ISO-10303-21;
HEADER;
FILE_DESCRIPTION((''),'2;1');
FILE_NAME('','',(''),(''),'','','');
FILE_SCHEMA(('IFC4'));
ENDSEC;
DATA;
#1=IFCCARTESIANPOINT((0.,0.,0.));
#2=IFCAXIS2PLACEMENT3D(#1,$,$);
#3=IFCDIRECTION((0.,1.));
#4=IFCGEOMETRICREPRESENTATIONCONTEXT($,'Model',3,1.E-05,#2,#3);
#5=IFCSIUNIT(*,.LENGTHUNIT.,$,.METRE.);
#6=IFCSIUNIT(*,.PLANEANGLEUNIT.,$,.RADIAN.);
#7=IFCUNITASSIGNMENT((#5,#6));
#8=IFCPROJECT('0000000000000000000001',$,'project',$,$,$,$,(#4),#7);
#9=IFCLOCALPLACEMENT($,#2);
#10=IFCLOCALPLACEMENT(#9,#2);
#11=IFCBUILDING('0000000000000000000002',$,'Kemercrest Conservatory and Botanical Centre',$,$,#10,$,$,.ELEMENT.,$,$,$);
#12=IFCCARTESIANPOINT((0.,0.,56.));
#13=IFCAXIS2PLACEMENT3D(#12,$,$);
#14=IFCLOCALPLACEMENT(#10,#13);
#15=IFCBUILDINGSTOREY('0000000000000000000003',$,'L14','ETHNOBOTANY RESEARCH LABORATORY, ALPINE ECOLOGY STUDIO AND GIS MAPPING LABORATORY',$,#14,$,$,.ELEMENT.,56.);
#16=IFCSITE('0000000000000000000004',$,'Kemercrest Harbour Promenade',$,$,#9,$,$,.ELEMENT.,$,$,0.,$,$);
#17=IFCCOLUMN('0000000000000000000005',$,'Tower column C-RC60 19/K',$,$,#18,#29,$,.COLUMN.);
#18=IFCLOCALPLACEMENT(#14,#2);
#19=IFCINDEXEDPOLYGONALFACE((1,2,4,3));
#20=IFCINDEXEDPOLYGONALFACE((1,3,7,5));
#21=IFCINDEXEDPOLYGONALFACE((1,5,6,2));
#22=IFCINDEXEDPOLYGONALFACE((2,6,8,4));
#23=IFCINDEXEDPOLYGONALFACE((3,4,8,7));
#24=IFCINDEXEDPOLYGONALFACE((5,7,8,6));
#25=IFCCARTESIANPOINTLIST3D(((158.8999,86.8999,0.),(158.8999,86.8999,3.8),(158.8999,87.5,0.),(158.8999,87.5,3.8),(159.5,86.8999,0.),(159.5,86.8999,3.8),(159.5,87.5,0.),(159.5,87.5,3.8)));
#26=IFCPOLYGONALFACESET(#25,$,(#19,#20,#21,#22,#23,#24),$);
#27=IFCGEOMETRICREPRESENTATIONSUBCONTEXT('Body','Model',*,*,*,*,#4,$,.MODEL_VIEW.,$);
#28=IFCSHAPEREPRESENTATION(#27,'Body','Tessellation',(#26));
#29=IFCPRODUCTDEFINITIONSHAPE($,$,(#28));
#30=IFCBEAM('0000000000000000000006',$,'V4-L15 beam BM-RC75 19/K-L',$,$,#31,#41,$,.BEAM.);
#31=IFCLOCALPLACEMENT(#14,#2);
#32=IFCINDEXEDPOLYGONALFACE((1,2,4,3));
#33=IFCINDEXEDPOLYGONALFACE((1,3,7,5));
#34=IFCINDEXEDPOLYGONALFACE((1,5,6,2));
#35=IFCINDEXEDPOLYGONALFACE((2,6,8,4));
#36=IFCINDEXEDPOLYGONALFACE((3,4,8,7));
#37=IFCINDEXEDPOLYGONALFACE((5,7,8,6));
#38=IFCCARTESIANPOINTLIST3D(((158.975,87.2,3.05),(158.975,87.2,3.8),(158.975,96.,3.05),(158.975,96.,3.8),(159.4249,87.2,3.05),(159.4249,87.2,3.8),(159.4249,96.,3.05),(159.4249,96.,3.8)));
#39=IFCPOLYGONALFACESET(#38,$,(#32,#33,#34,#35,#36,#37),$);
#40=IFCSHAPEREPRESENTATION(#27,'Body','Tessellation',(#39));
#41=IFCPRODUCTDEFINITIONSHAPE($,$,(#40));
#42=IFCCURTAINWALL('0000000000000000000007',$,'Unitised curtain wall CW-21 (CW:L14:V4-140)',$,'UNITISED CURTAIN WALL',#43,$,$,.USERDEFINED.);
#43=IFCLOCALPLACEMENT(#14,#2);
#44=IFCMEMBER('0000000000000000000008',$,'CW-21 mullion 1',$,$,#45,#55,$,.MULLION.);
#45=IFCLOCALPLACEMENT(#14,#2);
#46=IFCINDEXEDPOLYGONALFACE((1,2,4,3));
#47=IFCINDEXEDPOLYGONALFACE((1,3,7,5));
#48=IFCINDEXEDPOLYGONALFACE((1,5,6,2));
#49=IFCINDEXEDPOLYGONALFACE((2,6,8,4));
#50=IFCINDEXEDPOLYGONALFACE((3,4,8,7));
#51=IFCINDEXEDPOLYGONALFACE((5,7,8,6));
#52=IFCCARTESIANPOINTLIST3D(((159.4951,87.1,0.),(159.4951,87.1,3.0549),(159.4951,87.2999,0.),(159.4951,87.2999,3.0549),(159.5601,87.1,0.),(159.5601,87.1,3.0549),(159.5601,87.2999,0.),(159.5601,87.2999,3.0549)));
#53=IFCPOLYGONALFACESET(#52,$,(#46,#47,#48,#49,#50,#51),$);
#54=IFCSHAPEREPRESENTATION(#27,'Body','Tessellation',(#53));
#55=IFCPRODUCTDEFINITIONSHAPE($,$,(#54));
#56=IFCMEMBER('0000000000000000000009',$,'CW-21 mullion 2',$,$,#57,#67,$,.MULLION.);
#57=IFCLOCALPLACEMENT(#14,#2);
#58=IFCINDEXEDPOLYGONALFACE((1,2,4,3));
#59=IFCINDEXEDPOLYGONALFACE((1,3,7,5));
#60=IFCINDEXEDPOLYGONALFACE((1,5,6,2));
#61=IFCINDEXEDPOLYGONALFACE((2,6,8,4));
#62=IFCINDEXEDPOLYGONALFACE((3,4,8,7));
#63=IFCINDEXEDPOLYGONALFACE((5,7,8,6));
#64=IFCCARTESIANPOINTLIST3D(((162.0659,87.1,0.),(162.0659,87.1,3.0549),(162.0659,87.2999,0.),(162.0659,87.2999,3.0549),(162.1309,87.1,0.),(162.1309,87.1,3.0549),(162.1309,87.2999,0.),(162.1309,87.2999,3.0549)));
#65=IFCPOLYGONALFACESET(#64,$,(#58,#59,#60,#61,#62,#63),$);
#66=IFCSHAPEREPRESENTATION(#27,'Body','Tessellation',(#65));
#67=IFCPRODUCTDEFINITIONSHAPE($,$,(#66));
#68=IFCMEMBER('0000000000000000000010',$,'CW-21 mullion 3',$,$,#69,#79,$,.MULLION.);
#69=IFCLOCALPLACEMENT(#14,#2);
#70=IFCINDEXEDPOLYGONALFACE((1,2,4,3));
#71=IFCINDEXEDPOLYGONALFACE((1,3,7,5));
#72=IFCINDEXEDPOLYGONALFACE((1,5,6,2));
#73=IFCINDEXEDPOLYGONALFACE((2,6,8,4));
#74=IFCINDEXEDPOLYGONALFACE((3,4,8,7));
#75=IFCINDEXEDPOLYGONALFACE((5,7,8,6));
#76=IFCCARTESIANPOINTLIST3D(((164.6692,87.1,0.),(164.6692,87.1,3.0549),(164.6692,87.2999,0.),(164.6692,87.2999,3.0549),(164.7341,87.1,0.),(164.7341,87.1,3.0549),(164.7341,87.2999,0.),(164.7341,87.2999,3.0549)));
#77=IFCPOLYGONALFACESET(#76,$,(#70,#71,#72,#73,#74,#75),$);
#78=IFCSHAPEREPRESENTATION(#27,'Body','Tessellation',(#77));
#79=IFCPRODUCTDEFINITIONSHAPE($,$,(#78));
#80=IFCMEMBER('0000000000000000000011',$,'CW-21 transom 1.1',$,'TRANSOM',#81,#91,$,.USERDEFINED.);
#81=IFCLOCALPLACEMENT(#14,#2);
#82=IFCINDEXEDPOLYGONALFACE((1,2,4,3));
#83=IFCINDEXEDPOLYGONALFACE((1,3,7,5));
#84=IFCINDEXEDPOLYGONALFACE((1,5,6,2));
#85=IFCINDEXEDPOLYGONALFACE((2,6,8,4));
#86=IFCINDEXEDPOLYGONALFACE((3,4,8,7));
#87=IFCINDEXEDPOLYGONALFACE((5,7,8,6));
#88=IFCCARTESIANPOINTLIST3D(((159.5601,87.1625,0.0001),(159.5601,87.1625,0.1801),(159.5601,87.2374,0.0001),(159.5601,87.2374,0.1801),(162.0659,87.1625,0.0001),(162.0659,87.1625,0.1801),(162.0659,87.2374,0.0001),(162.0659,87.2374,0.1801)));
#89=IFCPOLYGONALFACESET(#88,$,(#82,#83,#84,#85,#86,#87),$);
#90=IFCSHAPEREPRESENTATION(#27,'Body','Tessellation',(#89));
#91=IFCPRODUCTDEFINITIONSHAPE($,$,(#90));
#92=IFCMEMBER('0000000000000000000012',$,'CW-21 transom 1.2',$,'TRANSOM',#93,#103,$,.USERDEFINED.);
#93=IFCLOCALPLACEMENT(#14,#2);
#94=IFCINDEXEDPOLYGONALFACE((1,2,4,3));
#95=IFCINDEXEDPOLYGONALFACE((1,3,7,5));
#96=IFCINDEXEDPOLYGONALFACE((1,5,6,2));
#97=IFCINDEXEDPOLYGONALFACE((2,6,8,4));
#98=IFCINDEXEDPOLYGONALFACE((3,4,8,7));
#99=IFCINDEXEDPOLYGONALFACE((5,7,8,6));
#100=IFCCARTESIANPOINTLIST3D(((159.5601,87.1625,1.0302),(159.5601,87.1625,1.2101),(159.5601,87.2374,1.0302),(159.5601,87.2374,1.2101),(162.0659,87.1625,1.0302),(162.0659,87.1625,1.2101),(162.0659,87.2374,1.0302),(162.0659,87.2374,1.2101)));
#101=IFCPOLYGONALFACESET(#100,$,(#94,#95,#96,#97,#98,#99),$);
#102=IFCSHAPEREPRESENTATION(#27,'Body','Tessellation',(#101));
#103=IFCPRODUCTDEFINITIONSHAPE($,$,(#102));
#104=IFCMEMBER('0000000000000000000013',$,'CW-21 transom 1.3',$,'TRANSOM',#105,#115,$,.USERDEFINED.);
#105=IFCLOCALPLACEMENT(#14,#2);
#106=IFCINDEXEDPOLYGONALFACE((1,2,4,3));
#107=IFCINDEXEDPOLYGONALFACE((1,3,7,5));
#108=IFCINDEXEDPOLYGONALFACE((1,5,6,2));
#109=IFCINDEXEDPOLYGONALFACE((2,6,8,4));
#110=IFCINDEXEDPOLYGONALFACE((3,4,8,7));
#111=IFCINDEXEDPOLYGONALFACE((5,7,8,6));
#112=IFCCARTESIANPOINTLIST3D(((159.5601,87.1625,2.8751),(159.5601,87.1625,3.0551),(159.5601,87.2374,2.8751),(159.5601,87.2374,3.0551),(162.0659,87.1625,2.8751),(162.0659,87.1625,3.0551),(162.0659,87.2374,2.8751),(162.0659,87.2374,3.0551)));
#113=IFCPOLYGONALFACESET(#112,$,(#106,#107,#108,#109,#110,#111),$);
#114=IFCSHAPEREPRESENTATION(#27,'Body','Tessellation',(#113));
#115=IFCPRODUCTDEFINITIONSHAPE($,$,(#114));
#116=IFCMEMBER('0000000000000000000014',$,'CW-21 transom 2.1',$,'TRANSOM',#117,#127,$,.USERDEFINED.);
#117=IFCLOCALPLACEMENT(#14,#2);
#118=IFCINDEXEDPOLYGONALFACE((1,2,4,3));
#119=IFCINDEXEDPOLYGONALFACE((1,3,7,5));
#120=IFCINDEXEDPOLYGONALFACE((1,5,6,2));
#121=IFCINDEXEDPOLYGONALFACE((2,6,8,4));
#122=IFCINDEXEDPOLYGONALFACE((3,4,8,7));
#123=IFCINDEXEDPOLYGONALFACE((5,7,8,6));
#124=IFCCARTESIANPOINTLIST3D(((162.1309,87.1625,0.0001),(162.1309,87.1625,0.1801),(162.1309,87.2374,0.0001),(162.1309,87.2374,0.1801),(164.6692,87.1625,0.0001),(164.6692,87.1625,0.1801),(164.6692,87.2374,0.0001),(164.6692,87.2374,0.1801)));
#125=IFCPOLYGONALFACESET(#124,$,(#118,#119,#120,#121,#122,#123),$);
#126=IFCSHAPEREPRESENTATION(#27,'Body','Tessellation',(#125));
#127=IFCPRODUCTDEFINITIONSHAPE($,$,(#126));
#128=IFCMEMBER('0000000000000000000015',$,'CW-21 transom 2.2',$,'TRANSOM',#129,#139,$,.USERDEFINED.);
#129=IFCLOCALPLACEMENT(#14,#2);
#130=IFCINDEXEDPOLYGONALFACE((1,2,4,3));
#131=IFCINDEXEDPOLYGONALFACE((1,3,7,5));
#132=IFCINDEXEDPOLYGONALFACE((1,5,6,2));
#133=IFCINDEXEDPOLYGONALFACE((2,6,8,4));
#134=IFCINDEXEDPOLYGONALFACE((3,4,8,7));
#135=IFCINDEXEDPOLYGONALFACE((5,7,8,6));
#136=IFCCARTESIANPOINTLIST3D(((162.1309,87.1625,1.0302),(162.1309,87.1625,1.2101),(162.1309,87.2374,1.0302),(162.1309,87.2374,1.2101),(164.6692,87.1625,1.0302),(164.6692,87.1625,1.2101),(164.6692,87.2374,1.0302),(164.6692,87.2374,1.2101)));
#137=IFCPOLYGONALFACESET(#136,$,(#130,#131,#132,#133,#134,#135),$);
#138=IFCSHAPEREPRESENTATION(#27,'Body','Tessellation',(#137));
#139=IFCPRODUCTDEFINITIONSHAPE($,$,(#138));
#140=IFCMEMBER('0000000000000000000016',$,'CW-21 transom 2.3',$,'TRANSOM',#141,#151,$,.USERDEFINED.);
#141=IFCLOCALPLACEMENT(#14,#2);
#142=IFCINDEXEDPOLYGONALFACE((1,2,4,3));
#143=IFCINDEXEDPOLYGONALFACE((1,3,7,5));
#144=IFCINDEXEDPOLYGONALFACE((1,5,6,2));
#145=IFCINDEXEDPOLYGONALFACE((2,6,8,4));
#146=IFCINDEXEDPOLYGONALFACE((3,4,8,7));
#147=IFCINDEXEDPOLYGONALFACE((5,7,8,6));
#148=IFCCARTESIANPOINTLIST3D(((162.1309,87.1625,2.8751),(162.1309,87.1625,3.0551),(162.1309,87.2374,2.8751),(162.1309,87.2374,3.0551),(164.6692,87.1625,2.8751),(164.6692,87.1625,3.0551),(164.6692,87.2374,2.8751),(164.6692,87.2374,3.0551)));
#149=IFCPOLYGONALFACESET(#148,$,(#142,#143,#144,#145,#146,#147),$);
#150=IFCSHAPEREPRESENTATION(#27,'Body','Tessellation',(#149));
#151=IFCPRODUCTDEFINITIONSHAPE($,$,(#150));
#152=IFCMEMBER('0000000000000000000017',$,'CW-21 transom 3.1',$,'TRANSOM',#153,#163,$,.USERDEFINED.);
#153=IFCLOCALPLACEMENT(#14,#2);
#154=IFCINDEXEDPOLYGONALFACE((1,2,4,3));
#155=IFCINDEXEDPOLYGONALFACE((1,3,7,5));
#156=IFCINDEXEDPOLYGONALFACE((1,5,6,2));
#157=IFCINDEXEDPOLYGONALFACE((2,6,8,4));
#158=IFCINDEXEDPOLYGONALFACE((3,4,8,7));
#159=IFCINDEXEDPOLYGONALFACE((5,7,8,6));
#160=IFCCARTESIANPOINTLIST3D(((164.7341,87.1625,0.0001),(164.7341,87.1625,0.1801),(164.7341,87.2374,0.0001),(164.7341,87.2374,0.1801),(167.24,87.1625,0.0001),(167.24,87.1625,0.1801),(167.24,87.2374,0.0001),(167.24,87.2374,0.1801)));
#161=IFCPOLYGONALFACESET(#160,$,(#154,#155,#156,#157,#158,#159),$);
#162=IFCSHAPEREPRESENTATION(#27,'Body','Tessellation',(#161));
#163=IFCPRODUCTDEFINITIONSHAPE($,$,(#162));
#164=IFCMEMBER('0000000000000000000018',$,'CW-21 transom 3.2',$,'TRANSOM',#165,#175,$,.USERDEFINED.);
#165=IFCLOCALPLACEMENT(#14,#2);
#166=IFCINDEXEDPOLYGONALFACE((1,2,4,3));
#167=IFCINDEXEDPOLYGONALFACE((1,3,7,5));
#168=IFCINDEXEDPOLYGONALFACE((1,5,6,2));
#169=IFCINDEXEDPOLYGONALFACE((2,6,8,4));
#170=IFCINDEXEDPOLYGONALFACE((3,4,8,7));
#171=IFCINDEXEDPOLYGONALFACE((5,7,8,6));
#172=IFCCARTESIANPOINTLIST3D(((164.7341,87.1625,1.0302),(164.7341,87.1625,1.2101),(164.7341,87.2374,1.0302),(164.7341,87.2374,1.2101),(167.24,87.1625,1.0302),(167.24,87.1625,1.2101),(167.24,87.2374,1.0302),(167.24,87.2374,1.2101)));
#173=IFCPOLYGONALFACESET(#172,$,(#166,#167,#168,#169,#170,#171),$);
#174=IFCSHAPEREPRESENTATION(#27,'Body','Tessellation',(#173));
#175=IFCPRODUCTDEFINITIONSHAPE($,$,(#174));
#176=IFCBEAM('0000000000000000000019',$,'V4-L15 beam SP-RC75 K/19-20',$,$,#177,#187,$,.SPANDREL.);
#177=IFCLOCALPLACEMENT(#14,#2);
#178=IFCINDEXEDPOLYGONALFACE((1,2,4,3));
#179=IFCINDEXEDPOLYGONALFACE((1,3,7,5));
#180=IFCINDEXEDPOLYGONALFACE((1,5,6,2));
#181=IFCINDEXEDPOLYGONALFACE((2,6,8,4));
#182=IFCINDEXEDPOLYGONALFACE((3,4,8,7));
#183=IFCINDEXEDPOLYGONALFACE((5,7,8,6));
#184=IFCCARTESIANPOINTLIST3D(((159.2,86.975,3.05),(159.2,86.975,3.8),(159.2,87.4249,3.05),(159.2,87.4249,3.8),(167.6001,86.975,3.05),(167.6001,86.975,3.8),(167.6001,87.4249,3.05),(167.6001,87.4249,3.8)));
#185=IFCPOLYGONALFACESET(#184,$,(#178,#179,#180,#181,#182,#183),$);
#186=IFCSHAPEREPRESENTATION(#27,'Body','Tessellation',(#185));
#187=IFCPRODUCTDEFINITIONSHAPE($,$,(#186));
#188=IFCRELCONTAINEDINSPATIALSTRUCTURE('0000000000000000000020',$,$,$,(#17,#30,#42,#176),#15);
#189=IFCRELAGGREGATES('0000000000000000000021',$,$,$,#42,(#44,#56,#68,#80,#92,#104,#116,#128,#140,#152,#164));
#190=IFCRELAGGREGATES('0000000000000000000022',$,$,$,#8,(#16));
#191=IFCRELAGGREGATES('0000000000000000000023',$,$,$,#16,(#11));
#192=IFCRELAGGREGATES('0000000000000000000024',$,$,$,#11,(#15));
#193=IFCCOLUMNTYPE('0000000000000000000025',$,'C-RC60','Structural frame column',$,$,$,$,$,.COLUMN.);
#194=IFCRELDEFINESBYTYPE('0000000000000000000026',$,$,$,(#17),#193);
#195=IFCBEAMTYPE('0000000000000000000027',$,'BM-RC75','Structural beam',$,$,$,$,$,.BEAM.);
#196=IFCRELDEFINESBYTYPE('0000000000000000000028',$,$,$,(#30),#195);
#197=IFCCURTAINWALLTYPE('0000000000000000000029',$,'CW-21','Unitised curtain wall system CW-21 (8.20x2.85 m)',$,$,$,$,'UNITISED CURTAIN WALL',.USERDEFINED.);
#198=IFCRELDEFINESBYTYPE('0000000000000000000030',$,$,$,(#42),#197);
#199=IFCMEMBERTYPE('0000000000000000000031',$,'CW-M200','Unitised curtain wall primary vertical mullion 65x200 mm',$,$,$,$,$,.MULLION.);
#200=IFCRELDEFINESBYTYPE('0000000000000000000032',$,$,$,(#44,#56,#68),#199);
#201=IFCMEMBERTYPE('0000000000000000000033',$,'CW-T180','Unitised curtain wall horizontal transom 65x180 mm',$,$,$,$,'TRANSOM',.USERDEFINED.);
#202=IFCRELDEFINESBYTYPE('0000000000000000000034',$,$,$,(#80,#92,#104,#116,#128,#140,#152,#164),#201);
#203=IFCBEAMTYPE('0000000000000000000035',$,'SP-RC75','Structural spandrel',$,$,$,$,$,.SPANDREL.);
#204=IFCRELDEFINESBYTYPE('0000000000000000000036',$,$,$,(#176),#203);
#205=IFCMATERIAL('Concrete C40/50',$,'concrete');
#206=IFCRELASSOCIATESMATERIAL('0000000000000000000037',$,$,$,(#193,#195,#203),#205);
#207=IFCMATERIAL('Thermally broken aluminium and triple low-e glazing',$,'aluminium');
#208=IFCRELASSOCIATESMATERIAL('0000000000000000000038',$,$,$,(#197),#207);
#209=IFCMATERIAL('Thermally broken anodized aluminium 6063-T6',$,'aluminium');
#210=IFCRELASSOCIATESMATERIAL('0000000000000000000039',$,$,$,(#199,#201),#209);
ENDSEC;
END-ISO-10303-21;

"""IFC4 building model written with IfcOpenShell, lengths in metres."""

from ifc_helpers import new_model, si_unit, direction, frame, origin, origin_2d, place, context, subcontext, project, spatial, rectangle, extrude, material, material_profile, profile_set, type_object, element, aggregate, save


model = new_model("IFC4")

# Units and contexts
model_context = context("Model", 3, precision=1e-05, world=origin(), true_north=direction((0.0, 1.0)))
body_context = subcontext(model_context, "Body", "Model", "MODEL_VIEW")
ifc_project = project(units=[si_unit("LENGTHUNIT", "METRE"), si_unit("PLANEANGLEUNIT", "RADIAN")], contexts=[model_context])

# Site, building, storey
site_placement = place(None, origin())
site = spatial("IfcSite", under=ifc_project, at=site_placement, Name="Kemercrest Harbour Promenade", CompositionType="ELEMENT", RefElevation=0.0)
building_placement = place(site_placement, origin())
building = spatial("IfcBuilding", under=site, at=building_placement, Name="Kemercrest Conservatory and Botanical Centre", CompositionType="ELEMENT")
storey_placement = place(building_placement, frame((0.0, 0.0, 56.0)))
storey = spatial("IfcBuildingStorey", under=building, at=storey_placement, Name="L14", Description="ETHNOBOTANY RESEARCH LABORATORY, ALPINE ECOLOGY STUDIO AND GIS MAPPING LABORATORY", CompositionType="ELEMENT", Elevation=56.0)

# Column
ifc_material_1 = material(Name="Concrete C40/50", Category="concrete")
ifc_material_profile_1 = material_profile(ifc_material_1, rectangle(XDim=0.6001, YDim=0.6001, at=origin_2d()), Name="RC 600x600")
ifc_profile_set_1 = profile_set([ifc_material_profile_1], Name="Concrete C40/50")
column_type = type_object("IfcColumnType", Name="C-RC60", Description="Structural frame column", PredefinedType="COLUMN", material=ifc_profile_set_1)
column_placement = place(storey_placement, frame((159.2, 87.2, 0.0), z_axis=(0.0, 0.0, 1.0), x_axis=(1.0, 0.0, 0.0)))
element("IfcColumn", 1, at=column_placement, inside=storey, type_object=column_type, Name="Tower column C-RC60 19/K", PredefinedType="COLUMN", context=body_context, shape_type="SweptSolid", body=[
    extrude(rectangle(XDim=0.6001, YDim=0.6001, at=origin_2d()), origin(), (0.0, 0.0, 1.0), 3.8),
])

# Beam
ifc_material_profile_2 = material_profile(ifc_material_1, rectangle(XDim=0.45, YDim=0.75, at=origin_2d()), Name="RC 450x750")
ifc_profile_set_2 = profile_set([ifc_material_profile_2], Name="Concrete C40/50")
beam_type_1 = type_object("IfcBeamType", Name="BM-RC75", Description="Structural beam", PredefinedType="BEAM", material=ifc_profile_set_2)
beam_1_placement = place(storey_placement, frame((159.2, 87.2, 3.425), z_axis=(0.0, 1.0, 0.0), x_axis=(-1.0, 0.0, 0.0)))
element("IfcBeam", 2, at=beam_1_placement, inside=storey, type_object=beam_type_1, Name="V4-L15 beam BM-RC75 19/K-L", PredefinedType="BEAM", context=body_context, shape_type="SweptSolid", body=[
    extrude(rectangle(XDim=0.45, YDim=0.75, at=origin_2d()), origin(), (0.0, 0.0, 1.0), 8.8),
])

# Curtain wall, members
ifc_material_2 = material(Name="Thermally broken aluminium and triple low-e glazing", Category="aluminium")
curtain_wall_type = type_object("IfcCurtainWallType", Name="CW-21", Description="Unitised curtain wall system CW-21 (8.20x2.85 m)", ElementType="UNITISED CURTAIN WALL", PredefinedType="USERDEFINED", material=ifc_material_2)
curtain_wall_placement = place(storey_placement, origin())
curtain_wall = element("IfcCurtainWall", 3, at=curtain_wall_placement, inside=storey, type_object=curtain_wall_type, Name="Unitised curtain wall CW-21 (CW:L14:V4-140)", ObjectType="UNITISED CURTAIN WALL", PredefinedType="USERDEFINED")
ifc_material_3 = material(Name="Thermally broken anodized aluminium 6063-T6", Category="aluminium")
ifc_material_profile_3 = material_profile(ifc_material_3, rectangle(XDim=0.2, YDim=0.0649, at=origin_2d()), Name="AL MULLION 65x200")
ifc_profile_set_3 = profile_set([ifc_material_profile_3], Name="Thermally broken anodized aluminium 6063-T6")
member_type_1 = type_object("IfcMemberType", Name="CW-M200", Description="Unitised curtain wall primary vertical mullion 65x200 mm", PredefinedType="MULLION", material=ifc_profile_set_3)
member_1_placement = place(storey_placement, frame((159.5276, 87.2, 0.0), z_axis=(0.0, 0.0, 1.0), x_axis=(0.0, 1.0, 0.0)))
member_1 = element("IfcMember", 4, at=member_1_placement, type_object=member_type_1, Name="CW-21 mullion 1", PredefinedType="MULLION", context=body_context, shape_type="SweptSolid", body=[
    extrude(rectangle(XDim=0.2, YDim=0.0649, at=origin_2d()), origin(), (0.0, 0.0, 1.0), 3.0549),
])
member_2_placement = place(storey_placement, frame((162.0984, 87.2, 0.0), z_axis=(0.0, 0.0, 1.0), x_axis=(0.0, 1.0, 0.0)))
member_2 = element("IfcMember", 5, at=member_2_placement, type_object=member_type_1, Name="CW-21 mullion 2", PredefinedType="MULLION", context=body_context, shape_type="SweptSolid", body=[
    extrude(rectangle(XDim=0.2, YDim=0.0649, at=origin_2d()), origin(), (0.0, 0.0, 1.0), 3.0549),
])
member_3_placement = place(storey_placement, frame((164.7017, 87.2, 0.0), z_axis=(0.0, 0.0, 1.0), x_axis=(0.0, 1.0, 0.0)))
member_3 = element("IfcMember", 6, at=member_3_placement, type_object=member_type_1, Name="CW-21 mullion 3", PredefinedType="MULLION", context=body_context, shape_type="SweptSolid", body=[
    extrude(rectangle(XDim=0.2, YDim=0.0649, at=origin_2d()), origin(), (0.0, 0.0, 1.0), 3.0549),
])
ifc_material_profile_4 = material_profile(ifc_material_3, rectangle(XDim=0.075, YDim=0.1799, at=origin_2d()), Name="AL TRANSOM 75x180")
ifc_profile_set_4 = profile_set([ifc_material_profile_4], Name="Thermally broken anodized aluminium 6063-T6")
member_type_2 = type_object("IfcMemberType", Name="CW-T180", Description="Unitised curtain wall horizontal transom 65x180 mm", ElementType="TRANSOM", PredefinedType="USERDEFINED", material=ifc_profile_set_4)
member_4_placement = place(storey_placement, frame((159.5601, 87.2, 0.0901), z_axis=(1.0, 0.0, 0.0), x_axis=(0.0, 1.0, 0.0)))
member_4 = element("IfcMember", 7, at=member_4_placement, type_object=member_type_2, Name="CW-21 transom 1.1", ObjectType="TRANSOM", PredefinedType="USERDEFINED", context=body_context, shape_type="SweptSolid", body=[
    extrude(rectangle(XDim=0.075, YDim=0.1799, at=origin_2d()), origin(), (0.0, 0.0, 1.0), 2.5059),
])
member_5_placement = place(storey_placement, frame((159.5601, 87.2, 1.1201), z_axis=(1.0, 0.0, 0.0), x_axis=(0.0, 1.0, 0.0)))
member_5 = element("IfcMember", 8, at=member_5_placement, type_object=member_type_2, Name="CW-21 transom 1.2", ObjectType="TRANSOM", PredefinedType="USERDEFINED", context=body_context, shape_type="SweptSolid", body=[
    extrude(rectangle(XDim=0.075, YDim=0.1799, at=origin_2d()), origin(), (0.0, 0.0, 1.0), 2.5059),
])
member_6_placement = place(storey_placement, frame((159.5601, 87.2, 2.9651), z_axis=(1.0, 0.0, 0.0), x_axis=(0.0, 1.0, 0.0)))
member_6 = element("IfcMember", 9, at=member_6_placement, type_object=member_type_2, Name="CW-21 transom 1.3", ObjectType="TRANSOM", PredefinedType="USERDEFINED", context=body_context, shape_type="SweptSolid", body=[
    extrude(rectangle(XDim=0.075, YDim=0.1799, at=origin_2d()), origin(), (0.0, 0.0, 1.0), 2.5059),
])
member_7_placement = place(storey_placement, frame((162.1309, 87.2, 0.0901), z_axis=(1.0, 0.0, 0.0), x_axis=(0.0, 1.0, 0.0)))
member_7 = element("IfcMember", 10, at=member_7_placement, type_object=member_type_2, Name="CW-21 transom 2.1", ObjectType="TRANSOM", PredefinedType="USERDEFINED", context=body_context, shape_type="SweptSolid", body=[
    extrude(rectangle(XDim=0.075, YDim=0.1799, at=origin_2d()), origin(), (0.0, 0.0, 1.0), 2.5383),
])
member_8_placement = place(storey_placement, frame((162.1309, 87.2, 1.1201), z_axis=(1.0, 0.0, 0.0), x_axis=(0.0, 1.0, 0.0)))
member_8 = element("IfcMember", 11, at=member_8_placement, type_object=member_type_2, Name="CW-21 transom 2.2", ObjectType="TRANSOM", PredefinedType="USERDEFINED", context=body_context, shape_type="SweptSolid", body=[
    extrude(rectangle(XDim=0.075, YDim=0.1799, at=origin_2d()), origin(), (0.0, 0.0, 1.0), 2.5383),
])
member_9_placement = place(storey_placement, frame((162.1309, 87.2, 2.9651), z_axis=(1.0, 0.0, 0.0), x_axis=(0.0, 1.0, 0.0)))
member_9 = element("IfcMember", 12, at=member_9_placement, type_object=member_type_2, Name="CW-21 transom 2.3", ObjectType="TRANSOM", PredefinedType="USERDEFINED", context=body_context, shape_type="SweptSolid", body=[
    extrude(rectangle(XDim=0.075, YDim=0.1799, at=origin_2d()), origin(), (0.0, 0.0, 1.0), 2.5383),
])
member_10_placement = place(storey_placement, frame((164.7341, 87.2, 0.0901), z_axis=(1.0, 0.0, 0.0), x_axis=(0.0, 1.0, 0.0)))
member_10 = element("IfcMember", 13, at=member_10_placement, type_object=member_type_2, Name="CW-21 transom 3.1", ObjectType="TRANSOM", PredefinedType="USERDEFINED", context=body_context, shape_type="SweptSolid", body=[
    extrude(rectangle(XDim=0.075, YDim=0.1799, at=origin_2d()), origin(), (0.0, 0.0, 1.0), 2.5059),
])
member_11_placement = place(storey_placement, frame((164.7341, 87.2, 1.1201), z_axis=(1.0, 0.0, 0.0), x_axis=(0.0, 1.0, 0.0)))
member_11 = element("IfcMember", 14, at=member_11_placement, type_object=member_type_2, Name="CW-21 transom 3.2", ObjectType="TRANSOM", PredefinedType="USERDEFINED", context=body_context, shape_type="SweptSolid", body=[
    extrude(rectangle(XDim=0.075, YDim=0.1799, at=origin_2d()), origin(), (0.0, 0.0, 1.0), 2.5059),
])

# Beam
ifc_material_profile_5 = material_profile(ifc_material_1, rectangle(XDim=0.45, YDim=0.75, at=origin_2d()), Name="RC 450x750")
ifc_profile_set_5 = profile_set([ifc_material_profile_5], Name="Concrete C40/50")
beam_type_2 = type_object("IfcBeamType", Name="SP-RC75", Description="Structural spandrel", PredefinedType="SPANDREL", material=ifc_profile_set_5)
beam_2_placement = place(storey_placement, frame((159.2, 87.2, 3.425), z_axis=(1.0, 0.0, 0.0), x_axis=(0.0, 1.0, 0.0)))
element("IfcBeam", 15, at=beam_2_placement, inside=storey, type_object=beam_type_2, Name="V4-L15 beam SP-RC75 K/19-20", PredefinedType="SPANDREL", context=body_context, shape_type="SweptSolid", body=[
    extrude(rectangle(XDim=0.45, YDim=0.75, at=origin_2d()), origin(), (0.0, 0.0, 1.0), 8.4001),
])

aggregate(curtain_wall, [member_1, member_2, member_3, member_4, member_5, member_6, member_7, member_8, member_9, member_10, member_11])

save(model, "model.ifc")
